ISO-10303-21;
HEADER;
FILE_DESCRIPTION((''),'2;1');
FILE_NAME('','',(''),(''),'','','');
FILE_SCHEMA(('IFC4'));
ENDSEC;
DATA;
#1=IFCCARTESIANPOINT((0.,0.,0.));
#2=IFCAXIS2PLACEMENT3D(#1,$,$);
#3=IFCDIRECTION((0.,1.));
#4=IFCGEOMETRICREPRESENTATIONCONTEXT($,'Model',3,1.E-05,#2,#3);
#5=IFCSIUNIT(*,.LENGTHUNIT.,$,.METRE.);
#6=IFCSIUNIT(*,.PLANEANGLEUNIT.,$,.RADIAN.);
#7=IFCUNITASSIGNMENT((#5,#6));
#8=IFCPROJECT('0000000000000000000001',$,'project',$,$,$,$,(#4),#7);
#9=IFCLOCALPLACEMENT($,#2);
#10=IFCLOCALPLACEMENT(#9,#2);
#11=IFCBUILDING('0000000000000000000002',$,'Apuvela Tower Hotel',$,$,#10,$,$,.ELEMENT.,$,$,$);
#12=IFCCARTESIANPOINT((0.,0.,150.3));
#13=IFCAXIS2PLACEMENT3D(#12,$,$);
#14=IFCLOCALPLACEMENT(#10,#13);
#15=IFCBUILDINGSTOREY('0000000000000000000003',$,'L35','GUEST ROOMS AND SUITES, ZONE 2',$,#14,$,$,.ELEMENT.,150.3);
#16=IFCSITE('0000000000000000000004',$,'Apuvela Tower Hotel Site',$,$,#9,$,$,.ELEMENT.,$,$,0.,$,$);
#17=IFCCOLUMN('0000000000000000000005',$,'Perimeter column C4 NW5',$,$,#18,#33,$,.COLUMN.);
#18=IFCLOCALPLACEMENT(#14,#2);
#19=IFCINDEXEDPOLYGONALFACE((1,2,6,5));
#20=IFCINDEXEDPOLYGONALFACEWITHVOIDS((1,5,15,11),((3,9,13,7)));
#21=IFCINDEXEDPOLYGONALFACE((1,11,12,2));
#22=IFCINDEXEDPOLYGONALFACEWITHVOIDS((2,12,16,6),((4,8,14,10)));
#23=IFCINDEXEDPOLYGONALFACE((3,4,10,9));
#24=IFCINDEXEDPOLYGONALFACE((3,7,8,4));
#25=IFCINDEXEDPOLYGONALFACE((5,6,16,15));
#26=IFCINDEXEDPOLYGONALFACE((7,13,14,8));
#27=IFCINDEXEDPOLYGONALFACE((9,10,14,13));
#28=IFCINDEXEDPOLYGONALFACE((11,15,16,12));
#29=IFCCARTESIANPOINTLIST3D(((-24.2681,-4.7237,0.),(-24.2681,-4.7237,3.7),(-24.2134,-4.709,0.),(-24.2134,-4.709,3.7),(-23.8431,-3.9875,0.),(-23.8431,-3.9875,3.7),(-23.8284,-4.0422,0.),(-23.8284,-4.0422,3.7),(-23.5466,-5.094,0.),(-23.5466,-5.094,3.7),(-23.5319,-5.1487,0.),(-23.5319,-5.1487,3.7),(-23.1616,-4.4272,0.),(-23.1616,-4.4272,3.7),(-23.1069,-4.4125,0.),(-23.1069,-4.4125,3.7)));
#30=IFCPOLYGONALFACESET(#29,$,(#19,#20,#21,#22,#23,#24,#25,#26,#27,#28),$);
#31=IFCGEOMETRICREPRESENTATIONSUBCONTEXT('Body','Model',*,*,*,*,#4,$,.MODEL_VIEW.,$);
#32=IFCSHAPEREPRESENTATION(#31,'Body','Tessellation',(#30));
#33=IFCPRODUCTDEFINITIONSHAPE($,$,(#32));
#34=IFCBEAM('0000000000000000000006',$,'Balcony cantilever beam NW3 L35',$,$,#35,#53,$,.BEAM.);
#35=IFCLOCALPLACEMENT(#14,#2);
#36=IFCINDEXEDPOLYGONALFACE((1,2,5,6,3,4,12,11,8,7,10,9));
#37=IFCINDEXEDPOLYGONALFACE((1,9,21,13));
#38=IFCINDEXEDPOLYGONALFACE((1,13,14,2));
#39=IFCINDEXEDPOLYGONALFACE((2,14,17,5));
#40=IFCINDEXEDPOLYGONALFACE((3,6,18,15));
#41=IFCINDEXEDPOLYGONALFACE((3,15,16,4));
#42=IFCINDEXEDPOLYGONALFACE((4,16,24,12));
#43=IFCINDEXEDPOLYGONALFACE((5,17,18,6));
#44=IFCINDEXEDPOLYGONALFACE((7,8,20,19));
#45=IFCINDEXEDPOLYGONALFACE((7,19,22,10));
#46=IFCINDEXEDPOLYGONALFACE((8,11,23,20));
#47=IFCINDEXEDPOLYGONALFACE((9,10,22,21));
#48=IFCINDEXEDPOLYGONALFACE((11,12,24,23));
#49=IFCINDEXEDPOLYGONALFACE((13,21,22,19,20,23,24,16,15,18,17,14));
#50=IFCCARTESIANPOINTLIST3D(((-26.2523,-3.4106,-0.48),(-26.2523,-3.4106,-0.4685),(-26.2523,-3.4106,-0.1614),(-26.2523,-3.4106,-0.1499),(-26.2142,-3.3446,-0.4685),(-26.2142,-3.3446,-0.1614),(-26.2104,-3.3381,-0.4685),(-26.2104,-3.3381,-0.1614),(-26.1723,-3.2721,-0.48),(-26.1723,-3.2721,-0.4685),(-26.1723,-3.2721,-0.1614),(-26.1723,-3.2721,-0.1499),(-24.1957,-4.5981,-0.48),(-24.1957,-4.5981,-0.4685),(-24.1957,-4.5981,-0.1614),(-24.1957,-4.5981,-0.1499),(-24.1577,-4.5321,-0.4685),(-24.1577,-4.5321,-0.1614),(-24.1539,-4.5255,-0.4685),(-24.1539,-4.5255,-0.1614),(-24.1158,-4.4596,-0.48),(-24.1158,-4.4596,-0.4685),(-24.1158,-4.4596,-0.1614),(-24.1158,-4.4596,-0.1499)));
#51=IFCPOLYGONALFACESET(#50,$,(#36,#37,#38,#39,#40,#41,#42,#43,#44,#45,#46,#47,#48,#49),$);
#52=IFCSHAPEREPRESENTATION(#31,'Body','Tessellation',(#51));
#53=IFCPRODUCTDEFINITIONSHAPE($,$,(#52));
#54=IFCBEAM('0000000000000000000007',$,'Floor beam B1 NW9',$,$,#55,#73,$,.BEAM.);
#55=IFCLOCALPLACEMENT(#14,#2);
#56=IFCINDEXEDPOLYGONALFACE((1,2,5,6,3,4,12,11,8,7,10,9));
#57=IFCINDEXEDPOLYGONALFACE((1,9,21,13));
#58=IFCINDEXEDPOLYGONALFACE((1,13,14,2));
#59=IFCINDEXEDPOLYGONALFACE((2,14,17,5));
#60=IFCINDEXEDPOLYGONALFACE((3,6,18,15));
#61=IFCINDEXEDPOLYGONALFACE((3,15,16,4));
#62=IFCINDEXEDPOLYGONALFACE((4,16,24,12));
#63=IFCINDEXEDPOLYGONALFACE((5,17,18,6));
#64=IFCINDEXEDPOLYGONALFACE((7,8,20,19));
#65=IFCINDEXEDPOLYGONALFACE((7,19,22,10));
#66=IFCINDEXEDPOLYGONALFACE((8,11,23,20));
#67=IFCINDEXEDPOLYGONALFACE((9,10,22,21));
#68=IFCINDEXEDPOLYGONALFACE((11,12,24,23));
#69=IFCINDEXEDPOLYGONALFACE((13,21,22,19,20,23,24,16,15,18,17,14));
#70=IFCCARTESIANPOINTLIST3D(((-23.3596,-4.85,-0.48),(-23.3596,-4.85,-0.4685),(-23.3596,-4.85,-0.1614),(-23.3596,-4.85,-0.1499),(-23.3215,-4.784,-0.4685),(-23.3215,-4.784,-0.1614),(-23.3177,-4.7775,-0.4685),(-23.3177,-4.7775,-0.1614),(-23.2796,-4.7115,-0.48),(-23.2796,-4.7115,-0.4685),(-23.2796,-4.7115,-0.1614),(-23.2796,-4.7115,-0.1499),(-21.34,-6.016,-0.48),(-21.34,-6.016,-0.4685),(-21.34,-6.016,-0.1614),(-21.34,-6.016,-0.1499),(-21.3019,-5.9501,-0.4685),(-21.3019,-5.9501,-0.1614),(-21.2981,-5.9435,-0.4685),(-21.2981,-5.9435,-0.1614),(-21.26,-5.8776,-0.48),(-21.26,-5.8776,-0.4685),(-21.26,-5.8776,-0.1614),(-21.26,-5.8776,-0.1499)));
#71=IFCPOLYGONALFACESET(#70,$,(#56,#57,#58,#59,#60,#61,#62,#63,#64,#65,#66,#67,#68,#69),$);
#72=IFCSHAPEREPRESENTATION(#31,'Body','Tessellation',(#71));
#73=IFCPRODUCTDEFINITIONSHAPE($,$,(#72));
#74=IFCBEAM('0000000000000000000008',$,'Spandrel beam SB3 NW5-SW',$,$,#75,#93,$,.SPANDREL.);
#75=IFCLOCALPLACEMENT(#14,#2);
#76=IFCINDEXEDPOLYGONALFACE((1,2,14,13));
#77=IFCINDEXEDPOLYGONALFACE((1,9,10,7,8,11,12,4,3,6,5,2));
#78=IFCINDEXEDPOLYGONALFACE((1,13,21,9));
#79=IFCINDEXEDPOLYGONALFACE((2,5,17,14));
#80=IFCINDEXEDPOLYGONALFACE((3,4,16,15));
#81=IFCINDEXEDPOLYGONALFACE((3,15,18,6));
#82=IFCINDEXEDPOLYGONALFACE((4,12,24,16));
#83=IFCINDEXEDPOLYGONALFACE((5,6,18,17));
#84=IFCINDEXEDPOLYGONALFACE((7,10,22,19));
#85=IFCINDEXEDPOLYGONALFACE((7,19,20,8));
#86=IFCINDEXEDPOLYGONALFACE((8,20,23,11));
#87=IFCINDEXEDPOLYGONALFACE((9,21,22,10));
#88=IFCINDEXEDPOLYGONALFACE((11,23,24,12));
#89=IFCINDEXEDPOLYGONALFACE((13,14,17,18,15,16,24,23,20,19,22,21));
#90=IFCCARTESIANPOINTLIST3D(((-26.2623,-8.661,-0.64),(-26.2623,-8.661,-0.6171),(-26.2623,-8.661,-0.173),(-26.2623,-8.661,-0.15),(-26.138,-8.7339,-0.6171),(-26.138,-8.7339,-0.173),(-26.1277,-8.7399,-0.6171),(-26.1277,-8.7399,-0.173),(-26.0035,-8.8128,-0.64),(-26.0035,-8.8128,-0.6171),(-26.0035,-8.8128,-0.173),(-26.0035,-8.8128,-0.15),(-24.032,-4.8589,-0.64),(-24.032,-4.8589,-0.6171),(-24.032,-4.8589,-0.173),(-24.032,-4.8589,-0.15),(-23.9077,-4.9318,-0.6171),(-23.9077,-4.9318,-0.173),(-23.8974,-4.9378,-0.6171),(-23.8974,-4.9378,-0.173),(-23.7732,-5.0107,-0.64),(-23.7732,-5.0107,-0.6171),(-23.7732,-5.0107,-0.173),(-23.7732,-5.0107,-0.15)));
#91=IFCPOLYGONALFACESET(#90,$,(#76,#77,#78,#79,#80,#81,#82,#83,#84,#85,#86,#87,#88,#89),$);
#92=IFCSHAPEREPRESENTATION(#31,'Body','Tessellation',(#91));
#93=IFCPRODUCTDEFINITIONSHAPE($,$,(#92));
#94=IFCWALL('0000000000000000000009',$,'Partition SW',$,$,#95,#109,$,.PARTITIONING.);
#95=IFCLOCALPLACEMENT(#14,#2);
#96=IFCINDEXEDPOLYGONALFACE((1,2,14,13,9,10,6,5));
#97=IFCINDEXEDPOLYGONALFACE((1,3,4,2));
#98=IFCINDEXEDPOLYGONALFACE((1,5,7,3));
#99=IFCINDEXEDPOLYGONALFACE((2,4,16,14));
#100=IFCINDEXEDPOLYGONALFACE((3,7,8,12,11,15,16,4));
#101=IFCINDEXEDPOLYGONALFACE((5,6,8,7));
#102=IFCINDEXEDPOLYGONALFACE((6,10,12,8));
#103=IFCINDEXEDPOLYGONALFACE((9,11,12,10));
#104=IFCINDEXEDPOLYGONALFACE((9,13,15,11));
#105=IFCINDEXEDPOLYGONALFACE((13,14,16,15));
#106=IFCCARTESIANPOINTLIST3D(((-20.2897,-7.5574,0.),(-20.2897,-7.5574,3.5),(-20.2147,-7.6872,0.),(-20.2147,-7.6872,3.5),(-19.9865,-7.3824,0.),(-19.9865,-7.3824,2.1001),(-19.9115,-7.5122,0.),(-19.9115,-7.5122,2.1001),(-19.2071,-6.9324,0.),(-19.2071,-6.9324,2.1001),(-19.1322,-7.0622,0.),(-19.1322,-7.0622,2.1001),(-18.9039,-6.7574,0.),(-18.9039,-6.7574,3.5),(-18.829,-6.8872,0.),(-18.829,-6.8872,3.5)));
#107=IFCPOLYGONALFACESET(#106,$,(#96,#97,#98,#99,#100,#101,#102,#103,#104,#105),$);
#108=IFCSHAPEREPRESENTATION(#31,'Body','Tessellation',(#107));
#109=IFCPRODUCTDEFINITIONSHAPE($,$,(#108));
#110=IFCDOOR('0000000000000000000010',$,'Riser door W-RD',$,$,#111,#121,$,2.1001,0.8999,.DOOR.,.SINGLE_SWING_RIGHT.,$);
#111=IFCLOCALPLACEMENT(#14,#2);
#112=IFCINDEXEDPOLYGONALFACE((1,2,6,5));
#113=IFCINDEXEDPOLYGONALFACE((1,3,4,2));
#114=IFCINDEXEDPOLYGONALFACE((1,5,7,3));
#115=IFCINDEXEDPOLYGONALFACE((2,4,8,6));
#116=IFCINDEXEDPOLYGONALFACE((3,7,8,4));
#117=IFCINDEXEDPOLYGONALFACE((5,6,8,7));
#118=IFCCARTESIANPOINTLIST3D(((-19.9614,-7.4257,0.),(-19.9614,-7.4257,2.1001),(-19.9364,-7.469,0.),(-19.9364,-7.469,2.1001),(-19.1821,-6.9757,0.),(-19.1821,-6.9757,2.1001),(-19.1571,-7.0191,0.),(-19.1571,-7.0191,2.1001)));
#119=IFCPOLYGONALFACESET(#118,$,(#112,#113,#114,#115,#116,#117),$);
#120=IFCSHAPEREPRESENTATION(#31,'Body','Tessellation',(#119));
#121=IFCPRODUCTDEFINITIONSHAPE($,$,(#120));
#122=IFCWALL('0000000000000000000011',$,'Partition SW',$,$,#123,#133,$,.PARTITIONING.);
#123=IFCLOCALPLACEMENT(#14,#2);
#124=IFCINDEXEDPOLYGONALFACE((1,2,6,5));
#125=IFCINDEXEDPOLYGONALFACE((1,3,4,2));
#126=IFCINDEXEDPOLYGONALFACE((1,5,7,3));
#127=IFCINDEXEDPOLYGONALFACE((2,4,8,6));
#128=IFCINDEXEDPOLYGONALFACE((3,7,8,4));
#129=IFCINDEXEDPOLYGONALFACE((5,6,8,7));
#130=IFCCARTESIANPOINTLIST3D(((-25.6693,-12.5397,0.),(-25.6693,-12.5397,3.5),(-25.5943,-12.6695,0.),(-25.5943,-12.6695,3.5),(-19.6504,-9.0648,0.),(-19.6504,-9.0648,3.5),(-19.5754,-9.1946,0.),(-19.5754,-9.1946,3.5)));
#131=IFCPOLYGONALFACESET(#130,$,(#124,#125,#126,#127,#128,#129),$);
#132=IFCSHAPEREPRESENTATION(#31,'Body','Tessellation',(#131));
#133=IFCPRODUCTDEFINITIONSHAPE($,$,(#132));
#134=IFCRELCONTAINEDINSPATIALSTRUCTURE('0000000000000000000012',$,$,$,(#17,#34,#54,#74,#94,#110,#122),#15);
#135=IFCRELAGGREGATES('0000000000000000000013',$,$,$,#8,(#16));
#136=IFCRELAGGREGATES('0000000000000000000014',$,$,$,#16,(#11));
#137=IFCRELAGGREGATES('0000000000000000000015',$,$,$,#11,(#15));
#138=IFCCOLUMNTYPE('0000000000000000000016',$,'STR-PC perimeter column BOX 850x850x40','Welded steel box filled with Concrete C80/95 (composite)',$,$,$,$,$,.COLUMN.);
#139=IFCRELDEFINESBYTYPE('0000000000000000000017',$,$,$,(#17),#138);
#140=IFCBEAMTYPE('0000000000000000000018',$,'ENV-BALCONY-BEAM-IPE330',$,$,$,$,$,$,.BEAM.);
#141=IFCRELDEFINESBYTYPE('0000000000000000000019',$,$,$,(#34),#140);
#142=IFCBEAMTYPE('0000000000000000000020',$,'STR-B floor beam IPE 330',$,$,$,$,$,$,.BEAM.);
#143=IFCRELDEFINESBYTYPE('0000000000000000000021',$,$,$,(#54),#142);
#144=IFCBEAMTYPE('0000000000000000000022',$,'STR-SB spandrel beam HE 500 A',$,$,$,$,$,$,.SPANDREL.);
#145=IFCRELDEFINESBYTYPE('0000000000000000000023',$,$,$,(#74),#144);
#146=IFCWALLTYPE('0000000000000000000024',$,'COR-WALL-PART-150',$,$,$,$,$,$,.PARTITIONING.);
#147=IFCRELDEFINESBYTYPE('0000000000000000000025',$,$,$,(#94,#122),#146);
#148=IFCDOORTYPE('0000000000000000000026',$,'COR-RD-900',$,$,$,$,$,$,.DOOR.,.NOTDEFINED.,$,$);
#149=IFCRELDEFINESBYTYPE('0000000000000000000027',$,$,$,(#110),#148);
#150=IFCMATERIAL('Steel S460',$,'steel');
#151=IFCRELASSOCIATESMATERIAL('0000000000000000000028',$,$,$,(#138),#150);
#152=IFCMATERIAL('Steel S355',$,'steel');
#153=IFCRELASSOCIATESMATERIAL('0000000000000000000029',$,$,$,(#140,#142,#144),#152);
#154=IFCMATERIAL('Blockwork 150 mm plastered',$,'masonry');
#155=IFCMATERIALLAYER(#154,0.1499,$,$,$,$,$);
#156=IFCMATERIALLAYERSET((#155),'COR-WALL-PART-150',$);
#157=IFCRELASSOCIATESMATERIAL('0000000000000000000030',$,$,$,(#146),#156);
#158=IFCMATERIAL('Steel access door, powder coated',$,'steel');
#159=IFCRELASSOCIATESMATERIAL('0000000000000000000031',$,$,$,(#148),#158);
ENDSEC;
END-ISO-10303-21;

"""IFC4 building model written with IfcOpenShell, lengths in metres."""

from ifc_helpers import new_model, si_unit, direction, frame, frame_2d, origin, origin_2d, place, context, subcontext, project, spatial, rectangle, hollow_rectangle, i_section, extrude, material, layer, layer_set, material_profile, profile_set, type_object, element, fill, save


model = new_model("IFC4")

# Units and contexts
model_context = context("Model", 3, precision=1e-05, world=origin(), true_north=direction((0.0, 1.0)))
body_context = subcontext(model_context, "Body", "Model", "MODEL_VIEW")
ifc_project = project(units=[si_unit("LENGTHUNIT", "METRE"), si_unit("PLANEANGLEUNIT", "RADIAN")], contexts=[model_context])

# Site, building, storey
site_placement = place(None, origin())
site = spatial("IfcSite", under=ifc_project, at=site_placement, Name="Apuvela Tower Hotel Site", CompositionType="ELEMENT", RefElevation=0.0)
building_placement = place(site_placement, origin())
building = spatial("IfcBuilding", under=site, at=building_placement, Name="Apuvela Tower Hotel", CompositionType="ELEMENT")
storey_placement = place(building_placement, frame((0.0, 0.0, 150.3)))
storey = spatial("IfcBuildingStorey", under=building, at=storey_placement, Name="L35", Description="GUEST ROOMS AND SUITES, ZONE 2", CompositionType="ELEMENT", Elevation=150.3)

# Column
ifc_material_1 = material(Name="Steel S460", Category="steel")
ifc_material_profile_1 = material_profile(ifc_material_1, hollow_rectangle(XDim=0.8501, YDim=0.8501, WallThickness=0.04, at=origin_2d()), Name="BOX 850x850x40")
ifc_material_2 = material(Name="Concrete C80/95", Category="concrete")
ifc_material_profile_2 = material_profile(ifc_material_2, rectangle(XDim=0.77, YDim=0.77, at=origin_2d()), Name="Concrete C80/95 infill")
ifc_profile_set_1 = profile_set([ifc_material_profile_1, ifc_material_profile_2], Name="Steel S460")
column_type = type_object("IfcColumnType", Name="STR-PC perimeter column BOX 850x850x40", Description="Welded steel box filled with Concrete C80/95 (composite)", PredefinedType="COLUMN", material=ifc_profile_set_1)
column_placement = place(storey_placement, frame((-23.6875, -4.5681, 0.0), z_axis=(0.0, 0.0, 1.0), x_axis=(0.5, 0.866025, 0.0)))
element("IfcColumn", 1, at=column_placement, inside=storey, type_object=column_type, Name="Perimeter column C4 NW5", PredefinedType="COLUMN", context=body_context, shape_type="SweptSolid", body=[
    extrude(hollow_rectangle(XDim=0.8501, YDim=0.8501, WallThickness=0.04, at=origin_2d()), origin(), (0.0, 0.0, 1.0), 3.7),
])

# Beams
ifc_material_3 = material(Name="Steel S355", Category="steel")
ifc_material_profile_3 = material_profile(ifc_material_3, i_section(OverallWidth=0.1599, OverallDepth=0.3301, WebThickness=0.0076, FlangeThickness=0.0115, at=origin_2d()), Name="IPE 330")
ifc_profile_set_2 = profile_set([ifc_material_profile_3], Name="Steel S355")
beam_type_1 = type_object("IfcBeamType", Name="ENV-BALCONY-BEAM-IPE330", PredefinedType="BEAM", material=ifc_profile_set_2)
beam_1_placement = place(storey_placement, frame((-24.1558, -4.5288, -0.3149), z_axis=(-0.866008, 0.500031, 0.0), x_axis=(-0.500031, -0.866008, 0.0)))
element("IfcBeam", 2, at=beam_1_placement, inside=storey, type_object=beam_type_1, Name="Balcony cantilever beam NW3 L35", PredefinedType="BEAM", context=body_context, shape_type="SweptSolid", body=[
    extrude(i_section(OverallWidth=0.1599, OverallDepth=0.3301, WebThickness=0.0076, FlangeThickness=0.0115, at=origin_2d()), origin(), (0.0, 0.0, 1.0), 2.3748),
])
ifc_material_profile_4 = material_profile(ifc_material_3, i_section(OverallWidth=0.1599, OverallDepth=0.3301, WebThickness=0.0076, FlangeThickness=0.0115, at=origin_2d()), Name="IPE 330")
ifc_profile_set_3 = profile_set([ifc_material_profile_4], Name="Steel S355")
beam_type_2 = type_object("IfcBeamType", Name="STR-B floor beam IPE 330", PredefinedType="BEAM", material=ifc_profile_set_3)
beam_2_placement = place(storey_placement, frame((-23.3196, -4.7808, -0.3149), z_axis=(0.866018, -0.500012, 0.0), x_axis=(0.500012, 0.866018, 0.0)))
element("IfcBeam", 3, at=beam_2_placement, inside=storey, type_object=beam_type_2, Name="Floor beam B1 NW9", PredefinedType="BEAM", context=body_context, shape_type="SweptSolid", body=[
    extrude(i_section(OverallWidth=0.1599, OverallDepth=0.3301, WebThickness=0.0076, FlangeThickness=0.0115, at=origin_2d()), origin(), (0.0, 0.0, 1.0), 2.332),
])
ifc_material_profile_5 = material_profile(ifc_material_3, i_section(OverallWidth=0.3, OverallDepth=0.49, WebThickness=0.012, FlangeThickness=0.0229, at=origin_2d()), Name="HE 500 A")
ifc_profile_set_4 = profile_set([ifc_material_profile_5], Name="Steel S355")
beam_type_3 = type_object("IfcBeamType", Name="STR-SB spandrel beam HE 500 A", PredefinedType="SPANDREL", material=ifc_profile_set_4)
beam_3_placement = place(storey_placement, frame((-23.9026, -4.9348, -0.395), z_axis=(-0.505967, -0.862553, 0.0), x_axis=(0.862553, -0.505967, 0.0)))
element("IfcBeam", 4, at=beam_3_placement, inside=storey, type_object=beam_type_3, Name="Spandrel beam SB3 NW5-SW", PredefinedType="SPANDREL", context=body_context, shape_type="SweptSolid", body=[
    extrude(i_section(OverallWidth=0.3, OverallDepth=0.49, WebThickness=0.012, FlangeThickness=0.0229, at=origin_2d()), origin(), (0.0, 0.0, 1.0), 4.408),
])

# Wall, opening, door
ifc_material_4 = material(Name="Blockwork 150 mm plastered", Category="masonry")
ifc_layer_1 = layer(ifc_material_4, 0.1499)
ifc_layer_set_1 = layer_set([ifc_layer_1], Name="COR-WALL-PART-150")
wall_type_1 = type_object("IfcWallType", Name="COR-WALL-PART-150", PredefinedType="PARTITIONING", material=ifc_layer_set_1)
wall_1_placement = place(storey_placement, frame((-18.8665, -6.8223, 0.0), z_axis=(0.0, 0.0, 1.0), x_axis=(-0.866028, -0.499995, 0.0)))
wall_1 = element("IfcWall", 5, at=wall_1_placement, inside=storey, type_object=wall_type_1, Name="Partition SW", PredefinedType="PARTITIONING", context=body_context, shape_type="SweptSolid", body=[
    extrude(rectangle(XDim=1.6001, YDim=0.1499, at=frame_2d((0.8, 0.0))), origin(), (0.0, 0.0, 1.0), 3.5),
])
opening_1_placement = place(wall_1_placement, frame((0.3501, 0.0, 0.0)))
opening_1 = element("IfcOpeningElement", 6, at=opening_1_placement, cuts=wall_1, PredefinedType="OPENING", context=body_context, shape_type="SweptSolid", body=[
    extrude(rectangle(XDim=0.8999, YDim=2.1001, at=frame_2d((0.45, 1.05))), frame((0.0, 0.085, 0.0), z_axis=(0.0, -1.0, 0.0), x_axis=(1.0, 0.0, 0.0)), (0.0, 0.0, 1.0), 0.1699),
])
ifc_material_5 = material(Name="Steel access door, powder coated", Category="steel")
door_type_1 = type_object("IfcDoorType", Name="COR-RD-900", OperationType="NOTDEFINED", PredefinedType="DOOR", material=ifc_material_5)
door_1_placement = place(opening_1_placement, frame((0.8999, 0.0, 0.0), z_axis=(0.0, 0.0, 1.0), x_axis=(-1.0, 0.0, 0.0)))
door_1 = element("IfcDoor", 7, at=door_1_placement, inside=storey, type_object=door_type_1, Name="Riser door W-RD", OperationType="SINGLE_SWING_RIGHT", OverallHeight=2.1001, OverallWidth=0.8999, PredefinedType="DOOR", context=body_context, shape_type="SweptSolid", body=[
    extrude(rectangle(XDim=0.8999, YDim=2.1001, at=frame_2d((0.45, 1.05))), frame((0.0, 0.0249, 0.0), z_axis=(0.0, -1.0, 0.0), x_axis=(1.0, 0.0, 0.0)), (0.0, 0.0, 1.0), 0.05),
])
fill(opening_1, door_1)

# Wall
wall_2_placement = place(storey_placement, frame((-19.6128, -9.1296, 0.0), z_axis=(0.0, 0.0, 1.0), x_axis=(-0.866032, -0.499989, 0.0)))
element("IfcWall", 8, at=wall_2_placement, inside=storey, type_object=wall_type_1, Name="Partition SW", PredefinedType="PARTITIONING", context=body_context, shape_type="SweptSolid", body=[
    extrude(rectangle(XDim=6.95, YDim=0.1499, at=frame_2d((3.4751, 0.0))), origin(), (0.0, 0.0, 1.0), 3.5),
])

save(model, "model.ifc")
